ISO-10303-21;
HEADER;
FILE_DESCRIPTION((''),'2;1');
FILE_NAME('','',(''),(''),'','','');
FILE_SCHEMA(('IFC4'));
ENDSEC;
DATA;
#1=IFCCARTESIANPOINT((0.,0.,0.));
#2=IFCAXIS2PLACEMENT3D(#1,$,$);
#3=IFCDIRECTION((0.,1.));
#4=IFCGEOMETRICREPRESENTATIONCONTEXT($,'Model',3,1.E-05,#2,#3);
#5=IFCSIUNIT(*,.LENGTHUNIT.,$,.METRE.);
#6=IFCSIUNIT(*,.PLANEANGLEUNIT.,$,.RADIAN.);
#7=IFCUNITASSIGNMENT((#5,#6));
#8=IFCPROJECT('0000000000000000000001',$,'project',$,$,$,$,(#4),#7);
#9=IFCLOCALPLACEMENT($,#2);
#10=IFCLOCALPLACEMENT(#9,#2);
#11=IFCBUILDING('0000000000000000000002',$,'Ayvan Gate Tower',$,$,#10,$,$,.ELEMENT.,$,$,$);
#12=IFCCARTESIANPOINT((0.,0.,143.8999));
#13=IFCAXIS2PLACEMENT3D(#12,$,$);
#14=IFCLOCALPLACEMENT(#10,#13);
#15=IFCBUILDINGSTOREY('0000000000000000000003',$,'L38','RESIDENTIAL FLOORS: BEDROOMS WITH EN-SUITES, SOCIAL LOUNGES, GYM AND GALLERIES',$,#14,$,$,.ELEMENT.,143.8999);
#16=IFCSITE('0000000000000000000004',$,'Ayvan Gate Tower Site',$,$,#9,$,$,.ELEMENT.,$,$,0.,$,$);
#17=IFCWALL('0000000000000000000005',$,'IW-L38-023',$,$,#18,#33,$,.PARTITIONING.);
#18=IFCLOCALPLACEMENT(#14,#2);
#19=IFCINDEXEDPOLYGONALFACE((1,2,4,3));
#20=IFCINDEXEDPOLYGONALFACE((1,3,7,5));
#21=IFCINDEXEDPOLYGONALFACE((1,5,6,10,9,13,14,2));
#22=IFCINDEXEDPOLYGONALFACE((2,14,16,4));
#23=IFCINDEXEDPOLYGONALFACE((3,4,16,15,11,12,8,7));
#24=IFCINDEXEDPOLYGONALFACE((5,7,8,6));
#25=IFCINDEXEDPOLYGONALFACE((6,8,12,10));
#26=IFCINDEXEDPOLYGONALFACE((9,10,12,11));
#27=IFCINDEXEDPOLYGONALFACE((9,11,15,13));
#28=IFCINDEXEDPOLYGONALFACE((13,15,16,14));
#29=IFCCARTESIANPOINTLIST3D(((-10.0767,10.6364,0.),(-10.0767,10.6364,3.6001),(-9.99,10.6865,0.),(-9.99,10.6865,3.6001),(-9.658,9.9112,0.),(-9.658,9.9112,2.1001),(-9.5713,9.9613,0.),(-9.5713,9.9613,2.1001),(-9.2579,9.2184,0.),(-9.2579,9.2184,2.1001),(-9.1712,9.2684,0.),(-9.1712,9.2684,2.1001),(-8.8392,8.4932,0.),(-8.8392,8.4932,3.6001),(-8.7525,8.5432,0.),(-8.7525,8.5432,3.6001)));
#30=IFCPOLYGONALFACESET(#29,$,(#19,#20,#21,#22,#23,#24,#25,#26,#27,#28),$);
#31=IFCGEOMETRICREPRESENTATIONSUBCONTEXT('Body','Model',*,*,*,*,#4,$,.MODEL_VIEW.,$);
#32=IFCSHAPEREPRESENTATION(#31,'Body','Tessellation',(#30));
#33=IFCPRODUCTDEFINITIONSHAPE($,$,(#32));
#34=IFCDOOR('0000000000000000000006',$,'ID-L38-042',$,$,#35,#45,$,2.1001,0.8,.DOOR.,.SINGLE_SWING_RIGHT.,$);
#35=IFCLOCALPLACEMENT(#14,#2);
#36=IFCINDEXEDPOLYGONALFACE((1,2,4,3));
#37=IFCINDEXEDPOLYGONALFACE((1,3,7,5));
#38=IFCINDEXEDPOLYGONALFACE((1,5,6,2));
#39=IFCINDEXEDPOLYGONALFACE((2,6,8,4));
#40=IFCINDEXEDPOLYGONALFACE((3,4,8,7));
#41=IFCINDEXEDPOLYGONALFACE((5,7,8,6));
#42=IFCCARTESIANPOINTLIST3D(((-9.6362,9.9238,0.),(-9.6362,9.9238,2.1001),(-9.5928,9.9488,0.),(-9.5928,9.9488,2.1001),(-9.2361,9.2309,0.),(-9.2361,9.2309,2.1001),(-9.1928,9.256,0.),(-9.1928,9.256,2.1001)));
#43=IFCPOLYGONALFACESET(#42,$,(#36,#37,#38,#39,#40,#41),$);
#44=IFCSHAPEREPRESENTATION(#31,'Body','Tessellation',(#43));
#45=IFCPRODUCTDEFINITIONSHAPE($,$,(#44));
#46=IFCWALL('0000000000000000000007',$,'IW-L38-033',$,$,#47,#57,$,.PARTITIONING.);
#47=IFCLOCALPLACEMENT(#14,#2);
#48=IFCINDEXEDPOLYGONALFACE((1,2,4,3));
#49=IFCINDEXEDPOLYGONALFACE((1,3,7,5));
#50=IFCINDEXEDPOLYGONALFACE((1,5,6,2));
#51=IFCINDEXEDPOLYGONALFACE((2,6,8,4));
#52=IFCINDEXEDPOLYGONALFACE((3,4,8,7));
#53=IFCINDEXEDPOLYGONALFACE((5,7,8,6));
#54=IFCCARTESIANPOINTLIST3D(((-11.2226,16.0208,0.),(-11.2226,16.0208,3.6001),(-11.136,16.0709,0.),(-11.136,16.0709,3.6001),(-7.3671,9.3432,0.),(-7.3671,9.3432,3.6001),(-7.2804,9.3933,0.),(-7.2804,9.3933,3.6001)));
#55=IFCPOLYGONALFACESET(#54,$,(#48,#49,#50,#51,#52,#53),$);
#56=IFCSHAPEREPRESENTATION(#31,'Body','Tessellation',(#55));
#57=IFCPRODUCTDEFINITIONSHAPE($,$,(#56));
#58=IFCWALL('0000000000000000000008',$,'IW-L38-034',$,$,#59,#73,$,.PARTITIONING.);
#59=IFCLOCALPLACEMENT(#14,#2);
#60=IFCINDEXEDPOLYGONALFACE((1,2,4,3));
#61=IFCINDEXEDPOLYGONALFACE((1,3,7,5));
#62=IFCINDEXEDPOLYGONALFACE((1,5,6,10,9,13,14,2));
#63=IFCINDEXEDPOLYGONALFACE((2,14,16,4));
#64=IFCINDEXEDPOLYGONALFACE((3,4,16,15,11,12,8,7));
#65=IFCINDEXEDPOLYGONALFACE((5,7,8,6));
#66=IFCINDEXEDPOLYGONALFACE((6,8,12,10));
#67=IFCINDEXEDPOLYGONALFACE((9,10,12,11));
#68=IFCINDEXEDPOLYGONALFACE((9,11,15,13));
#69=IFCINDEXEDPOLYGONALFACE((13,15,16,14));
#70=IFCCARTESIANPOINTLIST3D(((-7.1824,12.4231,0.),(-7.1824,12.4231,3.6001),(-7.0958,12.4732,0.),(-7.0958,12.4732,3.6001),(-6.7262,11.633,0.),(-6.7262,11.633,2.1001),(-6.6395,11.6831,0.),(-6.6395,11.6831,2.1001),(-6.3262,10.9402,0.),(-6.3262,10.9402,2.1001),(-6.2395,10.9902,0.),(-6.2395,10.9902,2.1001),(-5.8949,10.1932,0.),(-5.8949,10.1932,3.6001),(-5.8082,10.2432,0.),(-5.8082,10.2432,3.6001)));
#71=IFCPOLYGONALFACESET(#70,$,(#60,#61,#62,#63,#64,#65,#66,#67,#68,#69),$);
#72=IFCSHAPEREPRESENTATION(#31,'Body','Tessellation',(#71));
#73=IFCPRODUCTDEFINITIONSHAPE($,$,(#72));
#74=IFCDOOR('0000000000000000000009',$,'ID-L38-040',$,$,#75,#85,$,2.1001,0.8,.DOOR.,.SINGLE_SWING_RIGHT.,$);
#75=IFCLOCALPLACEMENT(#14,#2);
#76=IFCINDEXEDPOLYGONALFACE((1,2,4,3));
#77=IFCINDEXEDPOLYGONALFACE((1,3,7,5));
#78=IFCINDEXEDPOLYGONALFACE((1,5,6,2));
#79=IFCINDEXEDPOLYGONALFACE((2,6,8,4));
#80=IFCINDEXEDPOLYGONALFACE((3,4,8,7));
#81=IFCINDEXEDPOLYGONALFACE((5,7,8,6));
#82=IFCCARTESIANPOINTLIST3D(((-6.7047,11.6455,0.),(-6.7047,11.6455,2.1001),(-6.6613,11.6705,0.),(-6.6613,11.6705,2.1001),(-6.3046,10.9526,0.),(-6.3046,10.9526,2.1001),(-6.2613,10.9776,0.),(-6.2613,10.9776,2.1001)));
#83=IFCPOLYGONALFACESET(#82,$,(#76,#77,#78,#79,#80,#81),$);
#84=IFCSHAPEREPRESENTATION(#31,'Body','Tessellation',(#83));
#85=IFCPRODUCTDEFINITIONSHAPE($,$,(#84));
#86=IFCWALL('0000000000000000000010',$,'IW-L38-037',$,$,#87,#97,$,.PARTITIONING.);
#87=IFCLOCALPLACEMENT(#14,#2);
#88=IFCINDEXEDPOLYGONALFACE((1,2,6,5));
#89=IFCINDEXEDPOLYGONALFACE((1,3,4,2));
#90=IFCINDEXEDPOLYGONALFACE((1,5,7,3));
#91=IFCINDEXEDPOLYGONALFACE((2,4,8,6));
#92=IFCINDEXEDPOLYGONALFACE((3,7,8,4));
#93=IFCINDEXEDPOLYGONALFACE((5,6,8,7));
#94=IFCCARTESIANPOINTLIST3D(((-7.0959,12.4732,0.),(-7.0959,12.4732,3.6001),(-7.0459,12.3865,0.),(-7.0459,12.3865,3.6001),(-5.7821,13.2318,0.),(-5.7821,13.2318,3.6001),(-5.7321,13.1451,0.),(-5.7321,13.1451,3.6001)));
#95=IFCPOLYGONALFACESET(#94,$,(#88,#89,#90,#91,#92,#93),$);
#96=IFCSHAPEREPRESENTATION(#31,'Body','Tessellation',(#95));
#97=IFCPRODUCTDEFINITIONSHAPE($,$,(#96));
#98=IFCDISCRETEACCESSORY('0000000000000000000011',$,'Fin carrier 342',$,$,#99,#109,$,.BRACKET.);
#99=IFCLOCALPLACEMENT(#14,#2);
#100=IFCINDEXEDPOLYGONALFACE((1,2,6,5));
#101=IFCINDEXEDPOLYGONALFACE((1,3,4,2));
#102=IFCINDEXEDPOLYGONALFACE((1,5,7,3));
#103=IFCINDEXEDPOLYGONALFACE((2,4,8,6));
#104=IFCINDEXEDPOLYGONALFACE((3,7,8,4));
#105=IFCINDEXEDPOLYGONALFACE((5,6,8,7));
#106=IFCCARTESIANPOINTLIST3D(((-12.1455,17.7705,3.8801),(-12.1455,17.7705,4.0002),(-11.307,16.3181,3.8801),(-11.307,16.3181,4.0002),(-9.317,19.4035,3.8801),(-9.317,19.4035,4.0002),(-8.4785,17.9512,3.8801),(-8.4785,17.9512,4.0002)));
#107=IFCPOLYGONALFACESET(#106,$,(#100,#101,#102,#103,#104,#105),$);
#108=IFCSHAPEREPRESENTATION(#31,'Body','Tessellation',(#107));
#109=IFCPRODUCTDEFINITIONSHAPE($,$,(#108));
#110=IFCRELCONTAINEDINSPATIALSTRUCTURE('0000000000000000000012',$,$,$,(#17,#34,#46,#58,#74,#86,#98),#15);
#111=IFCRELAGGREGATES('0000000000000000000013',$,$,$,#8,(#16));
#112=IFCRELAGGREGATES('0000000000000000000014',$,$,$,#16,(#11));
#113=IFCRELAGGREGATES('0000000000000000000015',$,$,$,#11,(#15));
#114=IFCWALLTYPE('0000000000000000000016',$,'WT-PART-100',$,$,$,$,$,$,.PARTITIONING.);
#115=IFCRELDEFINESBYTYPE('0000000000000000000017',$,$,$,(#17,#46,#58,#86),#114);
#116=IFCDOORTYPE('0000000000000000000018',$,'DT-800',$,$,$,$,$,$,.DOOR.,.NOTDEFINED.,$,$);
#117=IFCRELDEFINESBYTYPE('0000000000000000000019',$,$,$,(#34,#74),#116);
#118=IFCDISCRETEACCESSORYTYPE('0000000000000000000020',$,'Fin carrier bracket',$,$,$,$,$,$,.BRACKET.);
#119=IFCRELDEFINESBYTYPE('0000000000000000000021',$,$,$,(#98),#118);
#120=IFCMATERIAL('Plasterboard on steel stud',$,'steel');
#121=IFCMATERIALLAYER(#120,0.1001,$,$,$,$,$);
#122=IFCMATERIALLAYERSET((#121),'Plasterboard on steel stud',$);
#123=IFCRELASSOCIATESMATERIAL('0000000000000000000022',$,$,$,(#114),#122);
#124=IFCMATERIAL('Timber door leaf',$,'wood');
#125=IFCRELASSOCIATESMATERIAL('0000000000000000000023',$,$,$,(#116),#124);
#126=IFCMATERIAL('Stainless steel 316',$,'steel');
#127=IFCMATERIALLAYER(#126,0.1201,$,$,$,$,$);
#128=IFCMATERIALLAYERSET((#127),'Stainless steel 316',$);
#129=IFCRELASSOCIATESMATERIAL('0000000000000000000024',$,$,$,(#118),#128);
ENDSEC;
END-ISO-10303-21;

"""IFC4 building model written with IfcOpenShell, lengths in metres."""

from ifc_helpers import new_model, si_unit, direction, frame, frame_2d, origin, origin_2d, place, context, subcontext, project, spatial, rectangle, extrude, material, layer, layer_set, type_object, element, fill, save


model = new_model("IFC4")

# Units and contexts
model_context = context("Model", 3, precision=1e-05, world=origin(), true_north=direction((0.0, 1.0)))
body_context = subcontext(model_context, "Body", "Model", "MODEL_VIEW")
ifc_project = project(units=[si_unit("LENGTHUNIT", "METRE"), si_unit("PLANEANGLEUNIT", "RADIAN")], contexts=[model_context])

# Site, building, storey
site_placement = place(None, origin())
site = spatial("IfcSite", under=ifc_project, at=site_placement, Name="Ayvan Gate Tower Site", CompositionType="ELEMENT", RefElevation=0.0)
building_placement = place(site_placement, origin())
building = spatial("IfcBuilding", under=site, at=building_placement, Name="Ayvan Gate Tower", CompositionType="ELEMENT")
storey_placement = place(building_placement, frame((0.0, 0.0, 143.8999)))
storey = spatial("IfcBuildingStorey", under=building, at=storey_placement, Name="L38", Description="RESIDENTIAL FLOORS: BEDROOMS WITH EN-SUITES, SOCIAL LOUNGES, GYM AND GALLERIES", CompositionType="ELEMENT", Elevation=143.8999)

# Shared definitions
ifc_material_1 = material(Name="Plasterboard on steel stud", Category="steel")
ifc_material_2 = material(Name="Timber door leaf", Category="wood")

# Shared definitions
ifc_layer_1 = layer(ifc_material_1, 0.1001)
ifc_layer_set_1 = layer_set([ifc_layer_1], Name="Plasterboard on steel stud")
wall_type_1 = type_object("IfcWallType", Name="WT-PART-100", PredefinedType="PARTITIONING", material=ifc_layer_set_1)

# Wall, opening, door
wall_1_placement = place(storey_placement, frame((-8.7959, 8.5183, 0.0), z_axis=(0.0, 0.0, 1.0), x_axis=(-0.500033, 0.866007, 0.0)))
wall_1 = element("IfcWall", 1, at=wall_1_placement, inside=storey, type_object=wall_type_1, Name="IW-L38-023", PredefinedType="PARTITIONING", context=body_context, shape_type="SweptSolid", body=[
    extrude(rectangle(XDim=2.4749, YDim=0.1001, at=frame_2d((1.2373, 0.0))), origin(), (0.0, 0.0, 1.0), 3.6001),
])
opening_1_placement = place(wall_1_placement, frame((0.8374, 0.0, 0.0)))
opening_1 = element("IfcOpeningElement", 2, at=opening_1_placement, cuts=wall_1, PredefinedType="OPENING", context=body_context, shape_type="SweptSolid", body=[
    extrude(rectangle(XDim=0.8, YDim=2.1001, at=frame_2d((0.3999, 1.05))), frame((0.0, 0.0601, 0.0), z_axis=(0.0, -1.0, 0.0), x_axis=(1.0, 0.0, 0.0)), (0.0, 0.0, 1.0), 0.1201),
])
door_type_1 = type_object("IfcDoorType", Name="DT-800", OperationType="NOTDEFINED", PredefinedType="DOOR", material=ifc_material_2)
door_1_placement = place(opening_1_placement, origin())
door_1 = element("IfcDoor", 3, at=door_1_placement, inside=storey, type_object=door_type_1, Name="ID-L38-042", OperationType="SINGLE_SWING_RIGHT", OverallHeight=2.1001, OverallWidth=0.8, PredefinedType="DOOR", context=body_context, shape_type="SweptSolid", body=[
    extrude(rectangle(XDim=0.8, YDim=2.1001, at=frame_2d((0.3999, 1.05))), frame((0.0, 0.0249, 0.0), z_axis=(0.0, -1.0, 0.0), x_axis=(1.0, 0.0, 0.0)), (0.0, 0.0, 1.0), 0.05),
])
fill(opening_1, door_1)

# Wall
wall_2_placement = place(storey_placement, frame((-7.3237, 9.3682, 0.0), z_axis=(0.0, 0.0, 1.0), x_axis=(-0.500021, 0.866013, 0.0)))
element("IfcWall", 4, at=wall_2_placement, inside=storey, type_object=wall_type_1, Name="IW-L38-033", PredefinedType="PARTITIONING", context=body_context, shape_type="SweptSolid", body=[
    extrude(rectangle(XDim=7.7107, YDim=0.1001, at=frame_2d((3.8555, 0.0))), origin(), (0.0, 0.0, 1.0), 3.6001),
])

# Wall, opening, door
wall_3_placement = place(storey_placement, frame((-7.1392, 12.4482, 0.0), z_axis=(0.0, 0.0, 1.0), x_axis=(0.500034, -0.866006, 0.0)))
wall_3 = element("IfcWall", 5, at=wall_3_placement, inside=storey, type_object=wall_type_1, Name="IW-L38-034", PredefinedType="PARTITIONING", context=body_context, shape_type="SweptSolid", body=[
    extrude(rectangle(XDim=2.575, YDim=0.1001, at=frame_2d((1.2876, 0.0))), origin(), (0.0, 0.0, 1.0), 3.6001),
])
opening_2_placement = place(wall_3_placement, frame((0.9126, 0.0, 0.0)))
opening_2 = element("IfcOpeningElement", 6, at=opening_2_placement, cuts=wall_3, PredefinedType="OPENING", context=body_context, shape_type="SweptSolid", body=[
    extrude(rectangle(XDim=0.8, YDim=2.1001, at=frame_2d((0.3999, 1.05))), frame((0.0, 0.0601, 0.0), z_axis=(0.0, -1.0, 0.0), x_axis=(1.0, 0.0, 0.0)), (0.0, 0.0, 1.0), 0.1201),
])
door_2_placement = place(opening_2_placement, origin())
door_2 = element("IfcDoor", 7, at=door_2_placement, inside=storey, type_object=door_type_1, Name="ID-L38-040", OperationType="SINGLE_SWING_RIGHT", OverallHeight=2.1001, OverallWidth=0.8, PredefinedType="DOOR", context=body_context, shape_type="SweptSolid", body=[
    extrude(rectangle(XDim=0.8, YDim=2.1001, at=frame_2d((0.3999, 1.05))), frame((0.0, 0.0249, 0.0), z_axis=(0.0, -1.0, 0.0), x_axis=(1.0, 0.0, 0.0)), (0.0, 0.0, 1.0), 0.05),
])
fill(opening_2, door_2)

# Wall
wall_4_placement = place(storey_placement, frame((-5.7571, 13.1885, 0.0), z_axis=(0.0, 0.0, 1.0), x_axis=(-0.866006, -0.500034, 0.0)))
element("IfcWall", 8, at=wall_4_placement, inside=storey, type_object=wall_type_1, Name="IW-L38-037", PredefinedType="PARTITIONING", context=body_context, shape_type="SweptSolid", body=[
    extrude(rectangle(XDim=1.5171, YDim=0.1001, at=frame_2d((0.7585, 0.0))), origin(), (0.0, 0.0, 1.0), 3.6001),
])

# Discrete accessory
ifc_material_3 = material(Name="Stainless steel 316", Category="steel")
ifc_layer_2 = layer(ifc_material_3, 0.1201)
ifc_layer_set_2 = layer_set([ifc_layer_2], Name="Stainless steel 316")
discrete_accessory_type = type_object("IfcDiscreteAccessoryType", Name="Fin carrier bracket", PredefinedType="BRACKET", material=ifc_layer_set_2)
discrete_accessory_placement = place(storey_placement, frame((-10.312, 17.8608, 3.8801), z_axis=(0.0, 0.0, 1.0), x_axis=(-0.866025, -0.5, 0.0)))
element("IfcDiscreteAccessory", 9, at=discrete_accessory_placement, inside=storey, type_object=discrete_accessory_type, Name="Fin carrier 342", PredefinedType="BRACKET", context=body_context, shape_type="SweptSolid", body=[
    extrude(rectangle(XDim=3.2661, YDim=1.677, at=origin_2d()), origin(), (0.0, 0.0, 1.0), 0.1201),
])

save(model, "model.ifc")
